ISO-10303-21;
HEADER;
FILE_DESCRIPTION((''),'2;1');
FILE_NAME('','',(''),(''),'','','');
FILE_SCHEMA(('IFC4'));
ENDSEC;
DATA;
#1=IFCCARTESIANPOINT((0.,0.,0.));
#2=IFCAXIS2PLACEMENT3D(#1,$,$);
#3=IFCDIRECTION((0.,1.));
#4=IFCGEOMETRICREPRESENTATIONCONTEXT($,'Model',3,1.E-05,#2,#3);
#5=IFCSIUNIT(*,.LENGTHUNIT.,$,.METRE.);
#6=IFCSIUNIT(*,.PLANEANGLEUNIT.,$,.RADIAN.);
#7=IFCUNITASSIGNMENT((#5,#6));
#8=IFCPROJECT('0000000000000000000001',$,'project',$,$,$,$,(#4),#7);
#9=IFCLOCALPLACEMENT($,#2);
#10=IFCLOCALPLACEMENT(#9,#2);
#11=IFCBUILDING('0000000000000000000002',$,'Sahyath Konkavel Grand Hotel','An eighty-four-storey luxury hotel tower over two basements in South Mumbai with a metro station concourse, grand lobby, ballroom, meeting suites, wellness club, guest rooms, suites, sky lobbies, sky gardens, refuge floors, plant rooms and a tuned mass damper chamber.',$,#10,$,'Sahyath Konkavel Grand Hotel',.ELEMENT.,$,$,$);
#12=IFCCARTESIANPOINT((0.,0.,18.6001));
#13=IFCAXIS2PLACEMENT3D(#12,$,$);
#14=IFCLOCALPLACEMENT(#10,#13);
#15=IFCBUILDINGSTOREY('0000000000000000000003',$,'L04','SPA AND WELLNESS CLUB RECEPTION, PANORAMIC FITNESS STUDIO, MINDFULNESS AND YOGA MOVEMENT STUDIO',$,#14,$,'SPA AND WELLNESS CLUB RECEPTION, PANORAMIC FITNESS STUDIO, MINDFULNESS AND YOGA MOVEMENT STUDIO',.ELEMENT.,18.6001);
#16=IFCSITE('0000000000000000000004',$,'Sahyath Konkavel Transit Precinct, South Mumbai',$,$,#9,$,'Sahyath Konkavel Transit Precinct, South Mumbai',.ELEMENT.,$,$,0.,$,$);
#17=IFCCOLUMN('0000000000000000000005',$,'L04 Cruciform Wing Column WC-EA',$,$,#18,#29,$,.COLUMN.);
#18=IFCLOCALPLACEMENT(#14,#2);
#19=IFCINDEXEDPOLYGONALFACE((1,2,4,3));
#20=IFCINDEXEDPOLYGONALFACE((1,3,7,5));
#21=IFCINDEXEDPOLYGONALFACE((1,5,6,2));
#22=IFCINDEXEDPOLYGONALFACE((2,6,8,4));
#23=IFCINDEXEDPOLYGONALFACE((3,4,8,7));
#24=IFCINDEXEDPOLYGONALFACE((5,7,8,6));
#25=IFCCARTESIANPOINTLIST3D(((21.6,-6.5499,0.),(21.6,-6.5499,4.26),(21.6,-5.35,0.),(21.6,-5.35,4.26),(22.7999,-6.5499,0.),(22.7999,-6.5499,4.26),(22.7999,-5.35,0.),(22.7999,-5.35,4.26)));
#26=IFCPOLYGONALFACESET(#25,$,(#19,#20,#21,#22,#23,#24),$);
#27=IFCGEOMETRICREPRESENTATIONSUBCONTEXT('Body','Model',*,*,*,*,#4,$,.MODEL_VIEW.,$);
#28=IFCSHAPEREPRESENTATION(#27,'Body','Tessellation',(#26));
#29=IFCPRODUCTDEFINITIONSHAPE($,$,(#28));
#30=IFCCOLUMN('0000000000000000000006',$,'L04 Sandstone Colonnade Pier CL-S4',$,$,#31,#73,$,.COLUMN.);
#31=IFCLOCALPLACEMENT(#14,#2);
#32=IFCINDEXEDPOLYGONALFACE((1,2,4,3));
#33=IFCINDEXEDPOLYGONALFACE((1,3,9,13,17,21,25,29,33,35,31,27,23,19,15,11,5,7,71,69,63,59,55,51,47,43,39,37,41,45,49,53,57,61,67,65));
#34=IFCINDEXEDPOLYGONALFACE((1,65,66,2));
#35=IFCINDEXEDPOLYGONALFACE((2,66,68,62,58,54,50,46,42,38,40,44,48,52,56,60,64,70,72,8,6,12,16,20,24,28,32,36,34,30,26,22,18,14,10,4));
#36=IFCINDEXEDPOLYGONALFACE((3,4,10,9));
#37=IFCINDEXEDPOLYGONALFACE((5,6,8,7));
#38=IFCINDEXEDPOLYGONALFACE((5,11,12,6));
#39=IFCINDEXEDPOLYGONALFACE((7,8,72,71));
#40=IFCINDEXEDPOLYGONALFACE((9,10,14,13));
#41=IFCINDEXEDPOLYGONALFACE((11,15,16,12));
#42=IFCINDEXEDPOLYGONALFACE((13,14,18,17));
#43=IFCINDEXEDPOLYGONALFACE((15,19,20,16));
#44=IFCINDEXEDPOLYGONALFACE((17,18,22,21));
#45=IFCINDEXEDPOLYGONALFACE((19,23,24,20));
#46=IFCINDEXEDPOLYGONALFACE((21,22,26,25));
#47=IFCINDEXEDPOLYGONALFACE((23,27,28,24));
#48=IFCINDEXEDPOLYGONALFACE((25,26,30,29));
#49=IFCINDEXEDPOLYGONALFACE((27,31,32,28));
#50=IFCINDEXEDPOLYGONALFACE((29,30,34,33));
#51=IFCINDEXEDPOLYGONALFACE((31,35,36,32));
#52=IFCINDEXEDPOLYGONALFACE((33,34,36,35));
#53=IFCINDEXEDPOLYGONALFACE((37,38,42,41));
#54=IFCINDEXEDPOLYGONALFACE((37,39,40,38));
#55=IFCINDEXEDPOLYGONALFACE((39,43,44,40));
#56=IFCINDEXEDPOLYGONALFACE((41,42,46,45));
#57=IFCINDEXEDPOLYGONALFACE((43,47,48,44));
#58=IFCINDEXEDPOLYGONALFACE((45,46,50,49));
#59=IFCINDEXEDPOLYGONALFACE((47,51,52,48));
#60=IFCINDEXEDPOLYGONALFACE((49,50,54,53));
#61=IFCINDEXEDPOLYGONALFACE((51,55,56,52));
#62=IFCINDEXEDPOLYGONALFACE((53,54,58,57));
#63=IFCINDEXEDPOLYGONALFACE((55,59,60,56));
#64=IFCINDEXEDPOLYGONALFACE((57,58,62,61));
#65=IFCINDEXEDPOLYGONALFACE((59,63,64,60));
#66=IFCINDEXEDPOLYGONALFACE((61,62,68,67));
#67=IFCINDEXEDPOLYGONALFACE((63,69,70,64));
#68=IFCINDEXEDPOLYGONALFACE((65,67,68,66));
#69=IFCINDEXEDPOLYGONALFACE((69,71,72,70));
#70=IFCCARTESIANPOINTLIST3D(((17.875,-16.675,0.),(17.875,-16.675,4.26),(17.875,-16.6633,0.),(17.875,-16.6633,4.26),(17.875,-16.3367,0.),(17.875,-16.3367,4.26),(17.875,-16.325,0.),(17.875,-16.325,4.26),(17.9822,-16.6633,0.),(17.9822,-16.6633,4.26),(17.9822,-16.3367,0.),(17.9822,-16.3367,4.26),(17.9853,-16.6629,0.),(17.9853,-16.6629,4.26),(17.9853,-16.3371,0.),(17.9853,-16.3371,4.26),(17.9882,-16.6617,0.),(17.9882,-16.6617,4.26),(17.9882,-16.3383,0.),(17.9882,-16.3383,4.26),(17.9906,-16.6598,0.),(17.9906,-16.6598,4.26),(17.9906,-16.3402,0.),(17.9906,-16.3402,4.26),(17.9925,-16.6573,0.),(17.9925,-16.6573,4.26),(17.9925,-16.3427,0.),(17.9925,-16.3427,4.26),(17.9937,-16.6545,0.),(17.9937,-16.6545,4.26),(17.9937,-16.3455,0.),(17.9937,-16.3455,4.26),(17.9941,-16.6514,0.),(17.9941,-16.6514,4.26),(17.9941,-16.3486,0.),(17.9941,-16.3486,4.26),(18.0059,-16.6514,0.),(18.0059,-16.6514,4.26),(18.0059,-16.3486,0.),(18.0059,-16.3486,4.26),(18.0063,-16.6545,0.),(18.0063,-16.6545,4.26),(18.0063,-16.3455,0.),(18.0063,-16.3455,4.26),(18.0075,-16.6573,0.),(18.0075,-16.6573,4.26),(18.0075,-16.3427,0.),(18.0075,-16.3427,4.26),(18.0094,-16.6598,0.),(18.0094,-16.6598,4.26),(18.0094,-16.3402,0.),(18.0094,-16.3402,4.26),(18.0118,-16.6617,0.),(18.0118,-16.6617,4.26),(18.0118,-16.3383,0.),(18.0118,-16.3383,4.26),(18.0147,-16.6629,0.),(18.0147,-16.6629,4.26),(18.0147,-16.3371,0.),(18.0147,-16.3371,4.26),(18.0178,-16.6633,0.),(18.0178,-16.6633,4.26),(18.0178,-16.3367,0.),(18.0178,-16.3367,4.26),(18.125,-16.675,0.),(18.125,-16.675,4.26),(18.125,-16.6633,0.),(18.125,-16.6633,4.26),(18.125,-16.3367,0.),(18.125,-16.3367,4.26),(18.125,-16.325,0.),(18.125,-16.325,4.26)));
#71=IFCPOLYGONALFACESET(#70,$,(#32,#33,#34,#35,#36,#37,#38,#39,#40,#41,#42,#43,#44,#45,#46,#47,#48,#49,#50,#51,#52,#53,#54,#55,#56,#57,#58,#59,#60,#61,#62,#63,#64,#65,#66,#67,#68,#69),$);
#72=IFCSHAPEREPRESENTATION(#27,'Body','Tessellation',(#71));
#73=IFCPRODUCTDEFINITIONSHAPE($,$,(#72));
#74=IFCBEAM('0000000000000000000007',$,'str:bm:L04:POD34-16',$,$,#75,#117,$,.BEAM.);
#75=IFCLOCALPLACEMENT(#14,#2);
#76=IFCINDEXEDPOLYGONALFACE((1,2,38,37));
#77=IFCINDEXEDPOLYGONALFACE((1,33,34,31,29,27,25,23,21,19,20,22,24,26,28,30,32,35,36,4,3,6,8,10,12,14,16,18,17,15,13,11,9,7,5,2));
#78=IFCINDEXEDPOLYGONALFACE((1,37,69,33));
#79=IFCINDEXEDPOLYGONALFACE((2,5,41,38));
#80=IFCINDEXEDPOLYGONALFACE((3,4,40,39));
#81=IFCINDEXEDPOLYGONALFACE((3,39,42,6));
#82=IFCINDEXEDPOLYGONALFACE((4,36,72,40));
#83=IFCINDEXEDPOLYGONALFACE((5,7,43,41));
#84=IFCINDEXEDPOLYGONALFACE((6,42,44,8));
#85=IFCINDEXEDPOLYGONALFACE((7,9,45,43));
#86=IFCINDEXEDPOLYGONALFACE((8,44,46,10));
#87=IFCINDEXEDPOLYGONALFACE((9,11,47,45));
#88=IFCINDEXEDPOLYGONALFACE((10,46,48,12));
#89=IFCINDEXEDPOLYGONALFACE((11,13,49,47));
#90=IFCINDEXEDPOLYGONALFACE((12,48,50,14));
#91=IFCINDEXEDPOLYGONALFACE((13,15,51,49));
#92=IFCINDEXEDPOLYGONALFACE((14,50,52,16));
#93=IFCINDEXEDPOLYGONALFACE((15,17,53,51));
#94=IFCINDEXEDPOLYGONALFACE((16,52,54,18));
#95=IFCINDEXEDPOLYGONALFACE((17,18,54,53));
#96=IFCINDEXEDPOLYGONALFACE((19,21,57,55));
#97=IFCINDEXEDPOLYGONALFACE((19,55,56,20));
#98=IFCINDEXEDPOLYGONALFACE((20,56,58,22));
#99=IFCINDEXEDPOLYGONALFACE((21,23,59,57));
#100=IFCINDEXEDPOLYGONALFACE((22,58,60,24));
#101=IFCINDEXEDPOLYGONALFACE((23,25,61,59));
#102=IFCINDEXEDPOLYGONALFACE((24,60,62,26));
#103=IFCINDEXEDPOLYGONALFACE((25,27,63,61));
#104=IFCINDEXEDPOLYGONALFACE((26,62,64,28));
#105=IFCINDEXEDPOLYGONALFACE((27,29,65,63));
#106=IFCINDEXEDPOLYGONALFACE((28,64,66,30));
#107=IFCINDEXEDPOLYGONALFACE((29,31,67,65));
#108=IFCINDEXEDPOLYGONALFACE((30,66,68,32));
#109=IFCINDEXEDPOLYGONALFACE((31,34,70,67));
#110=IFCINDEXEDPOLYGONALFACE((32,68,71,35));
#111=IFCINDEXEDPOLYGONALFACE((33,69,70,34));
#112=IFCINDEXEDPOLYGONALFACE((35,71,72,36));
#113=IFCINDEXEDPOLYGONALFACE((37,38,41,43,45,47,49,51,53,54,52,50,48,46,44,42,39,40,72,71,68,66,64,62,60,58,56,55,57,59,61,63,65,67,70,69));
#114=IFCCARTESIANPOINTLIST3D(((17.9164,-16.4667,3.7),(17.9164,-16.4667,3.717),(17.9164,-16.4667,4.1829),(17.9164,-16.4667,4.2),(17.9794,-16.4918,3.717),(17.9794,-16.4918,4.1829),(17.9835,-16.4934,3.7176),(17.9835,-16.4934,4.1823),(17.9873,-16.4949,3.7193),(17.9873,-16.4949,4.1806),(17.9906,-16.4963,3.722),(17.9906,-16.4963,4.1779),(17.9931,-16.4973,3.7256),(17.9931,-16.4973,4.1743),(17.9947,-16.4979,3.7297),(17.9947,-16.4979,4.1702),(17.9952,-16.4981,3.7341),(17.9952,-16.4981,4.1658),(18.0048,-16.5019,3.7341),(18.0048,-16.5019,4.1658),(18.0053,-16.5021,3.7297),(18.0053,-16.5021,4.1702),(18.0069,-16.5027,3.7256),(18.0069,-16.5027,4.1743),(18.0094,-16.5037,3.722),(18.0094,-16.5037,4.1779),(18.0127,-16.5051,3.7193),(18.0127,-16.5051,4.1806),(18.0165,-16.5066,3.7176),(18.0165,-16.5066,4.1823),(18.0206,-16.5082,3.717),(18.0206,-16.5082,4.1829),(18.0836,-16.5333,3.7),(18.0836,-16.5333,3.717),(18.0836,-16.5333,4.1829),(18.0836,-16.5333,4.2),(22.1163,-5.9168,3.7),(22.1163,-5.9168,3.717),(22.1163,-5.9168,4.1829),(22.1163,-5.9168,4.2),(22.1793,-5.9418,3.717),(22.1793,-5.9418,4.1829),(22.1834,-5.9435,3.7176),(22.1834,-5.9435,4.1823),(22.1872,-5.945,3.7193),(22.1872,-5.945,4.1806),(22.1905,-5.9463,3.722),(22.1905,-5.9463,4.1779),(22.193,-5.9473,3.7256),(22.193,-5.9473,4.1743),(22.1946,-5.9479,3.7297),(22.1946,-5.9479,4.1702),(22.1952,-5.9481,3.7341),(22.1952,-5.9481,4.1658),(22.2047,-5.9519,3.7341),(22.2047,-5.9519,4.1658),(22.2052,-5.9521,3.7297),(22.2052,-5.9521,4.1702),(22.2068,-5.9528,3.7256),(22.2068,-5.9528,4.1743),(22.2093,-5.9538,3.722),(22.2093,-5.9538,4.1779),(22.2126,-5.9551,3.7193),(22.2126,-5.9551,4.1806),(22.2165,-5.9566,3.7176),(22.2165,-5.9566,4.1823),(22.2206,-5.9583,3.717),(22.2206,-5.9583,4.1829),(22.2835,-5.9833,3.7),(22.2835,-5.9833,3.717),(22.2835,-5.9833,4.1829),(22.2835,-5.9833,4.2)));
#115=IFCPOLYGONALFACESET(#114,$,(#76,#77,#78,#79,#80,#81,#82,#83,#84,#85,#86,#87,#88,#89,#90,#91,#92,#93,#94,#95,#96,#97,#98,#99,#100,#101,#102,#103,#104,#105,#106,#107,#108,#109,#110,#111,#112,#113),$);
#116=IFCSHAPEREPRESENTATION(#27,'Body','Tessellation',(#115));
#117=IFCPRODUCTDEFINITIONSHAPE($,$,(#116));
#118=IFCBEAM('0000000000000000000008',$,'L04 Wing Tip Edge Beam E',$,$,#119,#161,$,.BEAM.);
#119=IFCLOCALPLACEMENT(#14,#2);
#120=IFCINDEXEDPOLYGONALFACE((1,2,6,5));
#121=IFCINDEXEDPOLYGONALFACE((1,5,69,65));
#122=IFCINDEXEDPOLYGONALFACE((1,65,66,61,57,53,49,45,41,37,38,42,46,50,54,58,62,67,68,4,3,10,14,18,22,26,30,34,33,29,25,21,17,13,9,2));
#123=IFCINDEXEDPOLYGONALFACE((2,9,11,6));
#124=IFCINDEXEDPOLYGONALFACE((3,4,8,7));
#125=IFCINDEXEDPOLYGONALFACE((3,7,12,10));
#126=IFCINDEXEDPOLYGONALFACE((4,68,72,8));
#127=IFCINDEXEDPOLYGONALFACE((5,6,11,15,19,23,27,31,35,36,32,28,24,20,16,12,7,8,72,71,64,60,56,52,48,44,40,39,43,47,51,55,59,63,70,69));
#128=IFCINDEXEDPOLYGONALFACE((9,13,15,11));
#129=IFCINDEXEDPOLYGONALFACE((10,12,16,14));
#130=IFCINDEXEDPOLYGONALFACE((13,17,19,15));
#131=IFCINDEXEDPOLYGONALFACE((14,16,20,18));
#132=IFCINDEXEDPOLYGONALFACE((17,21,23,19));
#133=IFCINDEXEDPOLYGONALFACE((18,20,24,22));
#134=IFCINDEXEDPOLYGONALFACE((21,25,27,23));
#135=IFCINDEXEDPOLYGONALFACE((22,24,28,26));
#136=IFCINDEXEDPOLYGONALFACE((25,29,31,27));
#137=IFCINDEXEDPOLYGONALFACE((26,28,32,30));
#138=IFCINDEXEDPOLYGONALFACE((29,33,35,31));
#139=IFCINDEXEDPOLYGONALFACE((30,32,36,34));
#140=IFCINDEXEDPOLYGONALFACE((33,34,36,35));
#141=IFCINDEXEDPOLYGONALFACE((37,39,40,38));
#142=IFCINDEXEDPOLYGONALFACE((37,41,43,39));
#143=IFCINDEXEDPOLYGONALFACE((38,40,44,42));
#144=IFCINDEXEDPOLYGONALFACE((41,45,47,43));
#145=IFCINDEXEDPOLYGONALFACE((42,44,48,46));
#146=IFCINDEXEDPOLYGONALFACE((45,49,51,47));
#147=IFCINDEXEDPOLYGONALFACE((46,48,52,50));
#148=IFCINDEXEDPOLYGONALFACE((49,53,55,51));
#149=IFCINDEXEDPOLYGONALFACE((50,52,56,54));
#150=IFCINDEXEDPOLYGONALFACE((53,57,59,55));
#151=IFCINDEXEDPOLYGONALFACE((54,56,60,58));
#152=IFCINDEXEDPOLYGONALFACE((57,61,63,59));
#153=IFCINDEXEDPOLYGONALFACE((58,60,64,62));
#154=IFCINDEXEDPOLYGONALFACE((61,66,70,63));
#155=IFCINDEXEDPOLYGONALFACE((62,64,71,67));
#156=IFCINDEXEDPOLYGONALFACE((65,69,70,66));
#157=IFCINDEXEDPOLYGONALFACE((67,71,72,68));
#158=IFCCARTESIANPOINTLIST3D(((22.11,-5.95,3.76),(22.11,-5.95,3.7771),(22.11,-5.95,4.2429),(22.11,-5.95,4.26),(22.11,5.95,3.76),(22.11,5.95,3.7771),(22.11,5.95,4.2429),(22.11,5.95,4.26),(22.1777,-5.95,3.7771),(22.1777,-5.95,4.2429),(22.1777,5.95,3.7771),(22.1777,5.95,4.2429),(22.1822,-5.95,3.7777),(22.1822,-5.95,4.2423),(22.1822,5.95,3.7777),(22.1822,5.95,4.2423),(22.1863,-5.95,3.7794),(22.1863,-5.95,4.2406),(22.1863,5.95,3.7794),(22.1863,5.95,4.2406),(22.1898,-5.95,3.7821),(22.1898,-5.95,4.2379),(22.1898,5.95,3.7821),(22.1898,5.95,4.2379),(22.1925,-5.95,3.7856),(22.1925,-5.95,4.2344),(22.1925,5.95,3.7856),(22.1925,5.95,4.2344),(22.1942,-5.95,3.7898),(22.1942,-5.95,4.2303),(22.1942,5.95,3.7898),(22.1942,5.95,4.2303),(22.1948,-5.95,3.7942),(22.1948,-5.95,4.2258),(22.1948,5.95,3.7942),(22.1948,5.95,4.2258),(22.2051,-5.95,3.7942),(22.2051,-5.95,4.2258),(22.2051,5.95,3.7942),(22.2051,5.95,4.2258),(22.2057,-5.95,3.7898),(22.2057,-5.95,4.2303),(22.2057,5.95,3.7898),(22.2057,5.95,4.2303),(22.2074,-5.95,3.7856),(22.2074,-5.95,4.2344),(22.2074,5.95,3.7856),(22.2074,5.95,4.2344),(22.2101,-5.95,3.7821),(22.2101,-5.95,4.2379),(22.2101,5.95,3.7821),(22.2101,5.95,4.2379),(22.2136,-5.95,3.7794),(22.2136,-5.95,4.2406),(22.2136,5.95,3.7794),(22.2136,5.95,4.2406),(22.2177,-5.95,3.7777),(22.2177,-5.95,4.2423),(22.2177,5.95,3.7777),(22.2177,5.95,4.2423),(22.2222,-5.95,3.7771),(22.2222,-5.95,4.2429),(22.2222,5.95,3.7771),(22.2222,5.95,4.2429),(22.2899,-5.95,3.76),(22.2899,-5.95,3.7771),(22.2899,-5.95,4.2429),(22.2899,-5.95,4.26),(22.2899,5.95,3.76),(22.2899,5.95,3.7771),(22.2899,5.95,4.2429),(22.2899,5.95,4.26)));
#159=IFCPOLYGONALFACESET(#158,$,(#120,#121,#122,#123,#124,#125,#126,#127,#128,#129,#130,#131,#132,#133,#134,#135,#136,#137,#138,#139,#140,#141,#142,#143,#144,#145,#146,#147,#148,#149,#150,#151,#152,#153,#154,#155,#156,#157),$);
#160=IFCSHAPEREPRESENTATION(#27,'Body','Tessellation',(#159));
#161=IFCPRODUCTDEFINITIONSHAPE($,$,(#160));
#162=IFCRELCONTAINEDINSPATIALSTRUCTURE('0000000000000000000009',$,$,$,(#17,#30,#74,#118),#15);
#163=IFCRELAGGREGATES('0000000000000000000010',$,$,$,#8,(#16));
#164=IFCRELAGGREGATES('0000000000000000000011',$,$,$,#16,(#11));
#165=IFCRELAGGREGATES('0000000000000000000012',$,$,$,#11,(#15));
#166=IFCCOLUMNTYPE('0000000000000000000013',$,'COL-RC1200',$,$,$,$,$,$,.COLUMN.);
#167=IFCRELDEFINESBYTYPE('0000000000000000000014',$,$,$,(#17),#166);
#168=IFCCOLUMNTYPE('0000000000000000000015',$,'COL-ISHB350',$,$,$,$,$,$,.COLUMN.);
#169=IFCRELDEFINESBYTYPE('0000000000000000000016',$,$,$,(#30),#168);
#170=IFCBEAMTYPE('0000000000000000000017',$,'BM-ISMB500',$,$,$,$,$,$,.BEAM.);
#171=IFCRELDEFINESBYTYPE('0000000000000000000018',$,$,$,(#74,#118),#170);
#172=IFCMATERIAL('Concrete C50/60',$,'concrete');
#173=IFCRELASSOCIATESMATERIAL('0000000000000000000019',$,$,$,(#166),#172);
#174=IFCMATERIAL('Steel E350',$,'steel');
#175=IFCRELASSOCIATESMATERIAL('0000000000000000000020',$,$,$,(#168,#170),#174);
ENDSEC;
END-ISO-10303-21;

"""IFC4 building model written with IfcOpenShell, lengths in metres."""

from ifc_helpers import new_model, si_unit, direction, frame, origin, origin_2d, place, context, subcontext, project, spatial, rectangle, i_section, extrude, source, transform, mapped, material, material_profile, profile_set, type_object, element, save


model = new_model("IFC4")

# Units and contexts
model_context = context("Model", 3, precision=1e-05, world=origin(), true_north=direction((0.0, 1.0)))
body_context = subcontext(model_context, "Body", "Model", "MODEL_VIEW")
ifc_project = project(units=[si_unit("LENGTHUNIT", "METRE"), si_unit("PLANEANGLEUNIT", "RADIAN")], contexts=[model_context])

# Site, building, storey
site_placement = place(None, origin())
site = spatial("IfcSite", under=ifc_project, at=site_placement, Name="Sahyath Konkavel Transit Precinct, South Mumbai", LongName="Sahyath Konkavel Transit Precinct, South Mumbai", CompositionType="ELEMENT", RefElevation=0.0)
building_placement = place(site_placement, origin())
building = spatial("IfcBuilding", under=site, at=building_placement, Name="Sahyath Konkavel Grand Hotel", Description="An eighty-four-storey luxury hotel tower over two basements in South Mumbai with a metro station concourse, grand lobby, ballroom, meeting suites, wellness club, guest rooms, suites, sky lobbies, sky gardens, refuge floors, plant rooms and a tuned mass damper chamber.", LongName="Sahyath Konkavel Grand Hotel", CompositionType="ELEMENT")
storey_placement = place(building_placement, frame((0.0, 0.0, 18.6001)))
storey = spatial("IfcBuildingStorey", under=building, at=storey_placement, Name="L04", Description="SPA AND WELLNESS CLUB RECEPTION, PANORAMIC FITNESS STUDIO, MINDFULNESS AND YOGA MOVEMENT STUDIO", LongName="SPA AND WELLNESS CLUB RECEPTION, PANORAMIC FITNESS STUDIO, MINDFULNESS AND YOGA MOVEMENT STUDIO", CompositionType="ELEMENT", Elevation=18.6001)

# Columns
ifc_material_1 = material(Name="Concrete C50/60", Category="concrete")
ifc_material_profile_1 = material_profile(ifc_material_1, rectangle(XDim=1.2, YDim=1.2, at=origin_2d()), Name="RC 1200x1200")
ifc_profile_set_1 = profile_set([ifc_material_profile_1], Name="Concrete C50/60")
column_type_1 = type_object("IfcColumnType", Name="COL-RC1200", PredefinedType="COLUMN", material=ifc_profile_set_1)
shared_shape_1 = source(origin(), body_context, "Body", "SweptSolid", [
    extrude(rectangle(XDim=1.2, YDim=1.2, at=origin_2d()), origin(), (0.0, 0.0, 1.0), 4.26),
])
column_1_placement = place(storey_placement, frame((22.2, -5.95, 0.0), z_axis=(0.0, 0.0, 1.0), x_axis=(1.0, 0.0, 0.0)))
element("IfcColumn", 1, at=column_1_placement, inside=storey, type_object=column_type_1, Name="L04 Cruciform Wing Column WC-EA", PredefinedType="COLUMN", context=body_context, shape_type="MappedRepresentation", body=[
    mapped(shared_shape_1, transform((0.0, 0.0, 0.0), scale=1.0)),
])
ifc_material_2 = material(Name="Steel E350", Category="steel")
ifc_material_profile_2 = material_profile(ifc_material_2, i_section(OverallWidth=0.25, OverallDepth=0.3501, WebThickness=0.0117, FlangeThickness=0.0117, FilletRadius=0.012, at=origin_2d()), Name="ISHB 350")
ifc_profile_set_2 = profile_set([ifc_material_profile_2], Name="Steel E350")
column_type_2 = type_object("IfcColumnType", Name="COL-ISHB350", PredefinedType="COLUMN", material=ifc_profile_set_2)
shared_shape_2 = source(origin(), body_context, "Body", "SweptSolid", [
    extrude(i_section(OverallWidth=0.25, OverallDepth=0.3501, WebThickness=0.0117, FlangeThickness=0.0117, FilletRadius=0.012, at=origin_2d()), origin(), (0.0, 0.0, 1.0), 4.26),
])
column_2_placement = place(storey_placement, frame((18.0, -16.5, 0.0), z_axis=(0.0, 0.0, 1.0), x_axis=(1.0, 0.0, 0.0)))
element("IfcColumn", 2, at=column_2_placement, inside=storey, type_object=column_type_2, Name="L04 Sandstone Colonnade Pier CL-S4", PredefinedType="COLUMN", context=body_context, shape_type="MappedRepresentation", body=[
    mapped(shared_shape_2, transform((0.0, 0.0, 0.0), scale=1.0)),
])

# Beams
ifc_material_profile_3 = material_profile(ifc_material_2, i_section(OverallWidth=0.1799, OverallDepth=0.5, WebThickness=0.0103, FlangeThickness=0.0171, FilletRadius=0.0171, at=origin_2d()), Name="ISMB 500")
ifc_profile_set_3 = profile_set([ifc_material_profile_3], Name="Steel E350")
beam_type_1 = type_object("IfcBeamType", Name="BM-ISMB500", PredefinedType="BEAM", material=ifc_profile_set_3)
shared_shape_3 = source(origin(), body_context, "Body", "SweptSolid", [
    extrude(i_section(OverallWidth=0.1799, OverallDepth=0.5, WebThickness=0.0103, FlangeThickness=0.0171, FilletRadius=0.0171, at=origin_2d()), origin(), (0.0, 0.0, 1.0), 11.3552),
])
beam_1_placement = place(storey_placement, frame((18.0, -16.5, 3.95), z_axis=(0.369867, 0.929085, 0.0), x_axis=(-0.929085, 0.369867, 0.0)))
element("IfcBeam", 3, at=beam_1_placement, inside=storey, type_object=beam_type_1, Name="str:bm:L04:POD34-16", PredefinedType="BEAM", context=body_context, shape_type="MappedRepresentation", body=[
    mapped(shared_shape_3, transform((0.0, 0.0, 0.0), scale=1.0)),
])
shared_shape_4 = source(origin(), body_context, "Body", "SweptSolid", [
    extrude(i_section(OverallWidth=0.1799, OverallDepth=0.5, WebThickness=0.0103, FlangeThickness=0.0171, FilletRadius=0.0171, at=origin_2d()), origin(), (0.0, 0.0, 1.0), 11.8999),
])
beam_2_placement = place(storey_placement, frame((22.2, -5.95, 4.01), z_axis=(0.0, 1.0, 0.0), x_axis=(-1.0, 0.0, 0.0)))
element("IfcBeam", 4, at=beam_2_placement, inside=storey, type_object=beam_type_1, Name="L04 Wing Tip Edge Beam E", PredefinedType="BEAM", context=body_context, shape_type="MappedRepresentation", body=[
    mapped(shared_shape_4, transform((0.0, 0.0, 0.0), scale=1.0)),
])

save(model, "model.ifc")
